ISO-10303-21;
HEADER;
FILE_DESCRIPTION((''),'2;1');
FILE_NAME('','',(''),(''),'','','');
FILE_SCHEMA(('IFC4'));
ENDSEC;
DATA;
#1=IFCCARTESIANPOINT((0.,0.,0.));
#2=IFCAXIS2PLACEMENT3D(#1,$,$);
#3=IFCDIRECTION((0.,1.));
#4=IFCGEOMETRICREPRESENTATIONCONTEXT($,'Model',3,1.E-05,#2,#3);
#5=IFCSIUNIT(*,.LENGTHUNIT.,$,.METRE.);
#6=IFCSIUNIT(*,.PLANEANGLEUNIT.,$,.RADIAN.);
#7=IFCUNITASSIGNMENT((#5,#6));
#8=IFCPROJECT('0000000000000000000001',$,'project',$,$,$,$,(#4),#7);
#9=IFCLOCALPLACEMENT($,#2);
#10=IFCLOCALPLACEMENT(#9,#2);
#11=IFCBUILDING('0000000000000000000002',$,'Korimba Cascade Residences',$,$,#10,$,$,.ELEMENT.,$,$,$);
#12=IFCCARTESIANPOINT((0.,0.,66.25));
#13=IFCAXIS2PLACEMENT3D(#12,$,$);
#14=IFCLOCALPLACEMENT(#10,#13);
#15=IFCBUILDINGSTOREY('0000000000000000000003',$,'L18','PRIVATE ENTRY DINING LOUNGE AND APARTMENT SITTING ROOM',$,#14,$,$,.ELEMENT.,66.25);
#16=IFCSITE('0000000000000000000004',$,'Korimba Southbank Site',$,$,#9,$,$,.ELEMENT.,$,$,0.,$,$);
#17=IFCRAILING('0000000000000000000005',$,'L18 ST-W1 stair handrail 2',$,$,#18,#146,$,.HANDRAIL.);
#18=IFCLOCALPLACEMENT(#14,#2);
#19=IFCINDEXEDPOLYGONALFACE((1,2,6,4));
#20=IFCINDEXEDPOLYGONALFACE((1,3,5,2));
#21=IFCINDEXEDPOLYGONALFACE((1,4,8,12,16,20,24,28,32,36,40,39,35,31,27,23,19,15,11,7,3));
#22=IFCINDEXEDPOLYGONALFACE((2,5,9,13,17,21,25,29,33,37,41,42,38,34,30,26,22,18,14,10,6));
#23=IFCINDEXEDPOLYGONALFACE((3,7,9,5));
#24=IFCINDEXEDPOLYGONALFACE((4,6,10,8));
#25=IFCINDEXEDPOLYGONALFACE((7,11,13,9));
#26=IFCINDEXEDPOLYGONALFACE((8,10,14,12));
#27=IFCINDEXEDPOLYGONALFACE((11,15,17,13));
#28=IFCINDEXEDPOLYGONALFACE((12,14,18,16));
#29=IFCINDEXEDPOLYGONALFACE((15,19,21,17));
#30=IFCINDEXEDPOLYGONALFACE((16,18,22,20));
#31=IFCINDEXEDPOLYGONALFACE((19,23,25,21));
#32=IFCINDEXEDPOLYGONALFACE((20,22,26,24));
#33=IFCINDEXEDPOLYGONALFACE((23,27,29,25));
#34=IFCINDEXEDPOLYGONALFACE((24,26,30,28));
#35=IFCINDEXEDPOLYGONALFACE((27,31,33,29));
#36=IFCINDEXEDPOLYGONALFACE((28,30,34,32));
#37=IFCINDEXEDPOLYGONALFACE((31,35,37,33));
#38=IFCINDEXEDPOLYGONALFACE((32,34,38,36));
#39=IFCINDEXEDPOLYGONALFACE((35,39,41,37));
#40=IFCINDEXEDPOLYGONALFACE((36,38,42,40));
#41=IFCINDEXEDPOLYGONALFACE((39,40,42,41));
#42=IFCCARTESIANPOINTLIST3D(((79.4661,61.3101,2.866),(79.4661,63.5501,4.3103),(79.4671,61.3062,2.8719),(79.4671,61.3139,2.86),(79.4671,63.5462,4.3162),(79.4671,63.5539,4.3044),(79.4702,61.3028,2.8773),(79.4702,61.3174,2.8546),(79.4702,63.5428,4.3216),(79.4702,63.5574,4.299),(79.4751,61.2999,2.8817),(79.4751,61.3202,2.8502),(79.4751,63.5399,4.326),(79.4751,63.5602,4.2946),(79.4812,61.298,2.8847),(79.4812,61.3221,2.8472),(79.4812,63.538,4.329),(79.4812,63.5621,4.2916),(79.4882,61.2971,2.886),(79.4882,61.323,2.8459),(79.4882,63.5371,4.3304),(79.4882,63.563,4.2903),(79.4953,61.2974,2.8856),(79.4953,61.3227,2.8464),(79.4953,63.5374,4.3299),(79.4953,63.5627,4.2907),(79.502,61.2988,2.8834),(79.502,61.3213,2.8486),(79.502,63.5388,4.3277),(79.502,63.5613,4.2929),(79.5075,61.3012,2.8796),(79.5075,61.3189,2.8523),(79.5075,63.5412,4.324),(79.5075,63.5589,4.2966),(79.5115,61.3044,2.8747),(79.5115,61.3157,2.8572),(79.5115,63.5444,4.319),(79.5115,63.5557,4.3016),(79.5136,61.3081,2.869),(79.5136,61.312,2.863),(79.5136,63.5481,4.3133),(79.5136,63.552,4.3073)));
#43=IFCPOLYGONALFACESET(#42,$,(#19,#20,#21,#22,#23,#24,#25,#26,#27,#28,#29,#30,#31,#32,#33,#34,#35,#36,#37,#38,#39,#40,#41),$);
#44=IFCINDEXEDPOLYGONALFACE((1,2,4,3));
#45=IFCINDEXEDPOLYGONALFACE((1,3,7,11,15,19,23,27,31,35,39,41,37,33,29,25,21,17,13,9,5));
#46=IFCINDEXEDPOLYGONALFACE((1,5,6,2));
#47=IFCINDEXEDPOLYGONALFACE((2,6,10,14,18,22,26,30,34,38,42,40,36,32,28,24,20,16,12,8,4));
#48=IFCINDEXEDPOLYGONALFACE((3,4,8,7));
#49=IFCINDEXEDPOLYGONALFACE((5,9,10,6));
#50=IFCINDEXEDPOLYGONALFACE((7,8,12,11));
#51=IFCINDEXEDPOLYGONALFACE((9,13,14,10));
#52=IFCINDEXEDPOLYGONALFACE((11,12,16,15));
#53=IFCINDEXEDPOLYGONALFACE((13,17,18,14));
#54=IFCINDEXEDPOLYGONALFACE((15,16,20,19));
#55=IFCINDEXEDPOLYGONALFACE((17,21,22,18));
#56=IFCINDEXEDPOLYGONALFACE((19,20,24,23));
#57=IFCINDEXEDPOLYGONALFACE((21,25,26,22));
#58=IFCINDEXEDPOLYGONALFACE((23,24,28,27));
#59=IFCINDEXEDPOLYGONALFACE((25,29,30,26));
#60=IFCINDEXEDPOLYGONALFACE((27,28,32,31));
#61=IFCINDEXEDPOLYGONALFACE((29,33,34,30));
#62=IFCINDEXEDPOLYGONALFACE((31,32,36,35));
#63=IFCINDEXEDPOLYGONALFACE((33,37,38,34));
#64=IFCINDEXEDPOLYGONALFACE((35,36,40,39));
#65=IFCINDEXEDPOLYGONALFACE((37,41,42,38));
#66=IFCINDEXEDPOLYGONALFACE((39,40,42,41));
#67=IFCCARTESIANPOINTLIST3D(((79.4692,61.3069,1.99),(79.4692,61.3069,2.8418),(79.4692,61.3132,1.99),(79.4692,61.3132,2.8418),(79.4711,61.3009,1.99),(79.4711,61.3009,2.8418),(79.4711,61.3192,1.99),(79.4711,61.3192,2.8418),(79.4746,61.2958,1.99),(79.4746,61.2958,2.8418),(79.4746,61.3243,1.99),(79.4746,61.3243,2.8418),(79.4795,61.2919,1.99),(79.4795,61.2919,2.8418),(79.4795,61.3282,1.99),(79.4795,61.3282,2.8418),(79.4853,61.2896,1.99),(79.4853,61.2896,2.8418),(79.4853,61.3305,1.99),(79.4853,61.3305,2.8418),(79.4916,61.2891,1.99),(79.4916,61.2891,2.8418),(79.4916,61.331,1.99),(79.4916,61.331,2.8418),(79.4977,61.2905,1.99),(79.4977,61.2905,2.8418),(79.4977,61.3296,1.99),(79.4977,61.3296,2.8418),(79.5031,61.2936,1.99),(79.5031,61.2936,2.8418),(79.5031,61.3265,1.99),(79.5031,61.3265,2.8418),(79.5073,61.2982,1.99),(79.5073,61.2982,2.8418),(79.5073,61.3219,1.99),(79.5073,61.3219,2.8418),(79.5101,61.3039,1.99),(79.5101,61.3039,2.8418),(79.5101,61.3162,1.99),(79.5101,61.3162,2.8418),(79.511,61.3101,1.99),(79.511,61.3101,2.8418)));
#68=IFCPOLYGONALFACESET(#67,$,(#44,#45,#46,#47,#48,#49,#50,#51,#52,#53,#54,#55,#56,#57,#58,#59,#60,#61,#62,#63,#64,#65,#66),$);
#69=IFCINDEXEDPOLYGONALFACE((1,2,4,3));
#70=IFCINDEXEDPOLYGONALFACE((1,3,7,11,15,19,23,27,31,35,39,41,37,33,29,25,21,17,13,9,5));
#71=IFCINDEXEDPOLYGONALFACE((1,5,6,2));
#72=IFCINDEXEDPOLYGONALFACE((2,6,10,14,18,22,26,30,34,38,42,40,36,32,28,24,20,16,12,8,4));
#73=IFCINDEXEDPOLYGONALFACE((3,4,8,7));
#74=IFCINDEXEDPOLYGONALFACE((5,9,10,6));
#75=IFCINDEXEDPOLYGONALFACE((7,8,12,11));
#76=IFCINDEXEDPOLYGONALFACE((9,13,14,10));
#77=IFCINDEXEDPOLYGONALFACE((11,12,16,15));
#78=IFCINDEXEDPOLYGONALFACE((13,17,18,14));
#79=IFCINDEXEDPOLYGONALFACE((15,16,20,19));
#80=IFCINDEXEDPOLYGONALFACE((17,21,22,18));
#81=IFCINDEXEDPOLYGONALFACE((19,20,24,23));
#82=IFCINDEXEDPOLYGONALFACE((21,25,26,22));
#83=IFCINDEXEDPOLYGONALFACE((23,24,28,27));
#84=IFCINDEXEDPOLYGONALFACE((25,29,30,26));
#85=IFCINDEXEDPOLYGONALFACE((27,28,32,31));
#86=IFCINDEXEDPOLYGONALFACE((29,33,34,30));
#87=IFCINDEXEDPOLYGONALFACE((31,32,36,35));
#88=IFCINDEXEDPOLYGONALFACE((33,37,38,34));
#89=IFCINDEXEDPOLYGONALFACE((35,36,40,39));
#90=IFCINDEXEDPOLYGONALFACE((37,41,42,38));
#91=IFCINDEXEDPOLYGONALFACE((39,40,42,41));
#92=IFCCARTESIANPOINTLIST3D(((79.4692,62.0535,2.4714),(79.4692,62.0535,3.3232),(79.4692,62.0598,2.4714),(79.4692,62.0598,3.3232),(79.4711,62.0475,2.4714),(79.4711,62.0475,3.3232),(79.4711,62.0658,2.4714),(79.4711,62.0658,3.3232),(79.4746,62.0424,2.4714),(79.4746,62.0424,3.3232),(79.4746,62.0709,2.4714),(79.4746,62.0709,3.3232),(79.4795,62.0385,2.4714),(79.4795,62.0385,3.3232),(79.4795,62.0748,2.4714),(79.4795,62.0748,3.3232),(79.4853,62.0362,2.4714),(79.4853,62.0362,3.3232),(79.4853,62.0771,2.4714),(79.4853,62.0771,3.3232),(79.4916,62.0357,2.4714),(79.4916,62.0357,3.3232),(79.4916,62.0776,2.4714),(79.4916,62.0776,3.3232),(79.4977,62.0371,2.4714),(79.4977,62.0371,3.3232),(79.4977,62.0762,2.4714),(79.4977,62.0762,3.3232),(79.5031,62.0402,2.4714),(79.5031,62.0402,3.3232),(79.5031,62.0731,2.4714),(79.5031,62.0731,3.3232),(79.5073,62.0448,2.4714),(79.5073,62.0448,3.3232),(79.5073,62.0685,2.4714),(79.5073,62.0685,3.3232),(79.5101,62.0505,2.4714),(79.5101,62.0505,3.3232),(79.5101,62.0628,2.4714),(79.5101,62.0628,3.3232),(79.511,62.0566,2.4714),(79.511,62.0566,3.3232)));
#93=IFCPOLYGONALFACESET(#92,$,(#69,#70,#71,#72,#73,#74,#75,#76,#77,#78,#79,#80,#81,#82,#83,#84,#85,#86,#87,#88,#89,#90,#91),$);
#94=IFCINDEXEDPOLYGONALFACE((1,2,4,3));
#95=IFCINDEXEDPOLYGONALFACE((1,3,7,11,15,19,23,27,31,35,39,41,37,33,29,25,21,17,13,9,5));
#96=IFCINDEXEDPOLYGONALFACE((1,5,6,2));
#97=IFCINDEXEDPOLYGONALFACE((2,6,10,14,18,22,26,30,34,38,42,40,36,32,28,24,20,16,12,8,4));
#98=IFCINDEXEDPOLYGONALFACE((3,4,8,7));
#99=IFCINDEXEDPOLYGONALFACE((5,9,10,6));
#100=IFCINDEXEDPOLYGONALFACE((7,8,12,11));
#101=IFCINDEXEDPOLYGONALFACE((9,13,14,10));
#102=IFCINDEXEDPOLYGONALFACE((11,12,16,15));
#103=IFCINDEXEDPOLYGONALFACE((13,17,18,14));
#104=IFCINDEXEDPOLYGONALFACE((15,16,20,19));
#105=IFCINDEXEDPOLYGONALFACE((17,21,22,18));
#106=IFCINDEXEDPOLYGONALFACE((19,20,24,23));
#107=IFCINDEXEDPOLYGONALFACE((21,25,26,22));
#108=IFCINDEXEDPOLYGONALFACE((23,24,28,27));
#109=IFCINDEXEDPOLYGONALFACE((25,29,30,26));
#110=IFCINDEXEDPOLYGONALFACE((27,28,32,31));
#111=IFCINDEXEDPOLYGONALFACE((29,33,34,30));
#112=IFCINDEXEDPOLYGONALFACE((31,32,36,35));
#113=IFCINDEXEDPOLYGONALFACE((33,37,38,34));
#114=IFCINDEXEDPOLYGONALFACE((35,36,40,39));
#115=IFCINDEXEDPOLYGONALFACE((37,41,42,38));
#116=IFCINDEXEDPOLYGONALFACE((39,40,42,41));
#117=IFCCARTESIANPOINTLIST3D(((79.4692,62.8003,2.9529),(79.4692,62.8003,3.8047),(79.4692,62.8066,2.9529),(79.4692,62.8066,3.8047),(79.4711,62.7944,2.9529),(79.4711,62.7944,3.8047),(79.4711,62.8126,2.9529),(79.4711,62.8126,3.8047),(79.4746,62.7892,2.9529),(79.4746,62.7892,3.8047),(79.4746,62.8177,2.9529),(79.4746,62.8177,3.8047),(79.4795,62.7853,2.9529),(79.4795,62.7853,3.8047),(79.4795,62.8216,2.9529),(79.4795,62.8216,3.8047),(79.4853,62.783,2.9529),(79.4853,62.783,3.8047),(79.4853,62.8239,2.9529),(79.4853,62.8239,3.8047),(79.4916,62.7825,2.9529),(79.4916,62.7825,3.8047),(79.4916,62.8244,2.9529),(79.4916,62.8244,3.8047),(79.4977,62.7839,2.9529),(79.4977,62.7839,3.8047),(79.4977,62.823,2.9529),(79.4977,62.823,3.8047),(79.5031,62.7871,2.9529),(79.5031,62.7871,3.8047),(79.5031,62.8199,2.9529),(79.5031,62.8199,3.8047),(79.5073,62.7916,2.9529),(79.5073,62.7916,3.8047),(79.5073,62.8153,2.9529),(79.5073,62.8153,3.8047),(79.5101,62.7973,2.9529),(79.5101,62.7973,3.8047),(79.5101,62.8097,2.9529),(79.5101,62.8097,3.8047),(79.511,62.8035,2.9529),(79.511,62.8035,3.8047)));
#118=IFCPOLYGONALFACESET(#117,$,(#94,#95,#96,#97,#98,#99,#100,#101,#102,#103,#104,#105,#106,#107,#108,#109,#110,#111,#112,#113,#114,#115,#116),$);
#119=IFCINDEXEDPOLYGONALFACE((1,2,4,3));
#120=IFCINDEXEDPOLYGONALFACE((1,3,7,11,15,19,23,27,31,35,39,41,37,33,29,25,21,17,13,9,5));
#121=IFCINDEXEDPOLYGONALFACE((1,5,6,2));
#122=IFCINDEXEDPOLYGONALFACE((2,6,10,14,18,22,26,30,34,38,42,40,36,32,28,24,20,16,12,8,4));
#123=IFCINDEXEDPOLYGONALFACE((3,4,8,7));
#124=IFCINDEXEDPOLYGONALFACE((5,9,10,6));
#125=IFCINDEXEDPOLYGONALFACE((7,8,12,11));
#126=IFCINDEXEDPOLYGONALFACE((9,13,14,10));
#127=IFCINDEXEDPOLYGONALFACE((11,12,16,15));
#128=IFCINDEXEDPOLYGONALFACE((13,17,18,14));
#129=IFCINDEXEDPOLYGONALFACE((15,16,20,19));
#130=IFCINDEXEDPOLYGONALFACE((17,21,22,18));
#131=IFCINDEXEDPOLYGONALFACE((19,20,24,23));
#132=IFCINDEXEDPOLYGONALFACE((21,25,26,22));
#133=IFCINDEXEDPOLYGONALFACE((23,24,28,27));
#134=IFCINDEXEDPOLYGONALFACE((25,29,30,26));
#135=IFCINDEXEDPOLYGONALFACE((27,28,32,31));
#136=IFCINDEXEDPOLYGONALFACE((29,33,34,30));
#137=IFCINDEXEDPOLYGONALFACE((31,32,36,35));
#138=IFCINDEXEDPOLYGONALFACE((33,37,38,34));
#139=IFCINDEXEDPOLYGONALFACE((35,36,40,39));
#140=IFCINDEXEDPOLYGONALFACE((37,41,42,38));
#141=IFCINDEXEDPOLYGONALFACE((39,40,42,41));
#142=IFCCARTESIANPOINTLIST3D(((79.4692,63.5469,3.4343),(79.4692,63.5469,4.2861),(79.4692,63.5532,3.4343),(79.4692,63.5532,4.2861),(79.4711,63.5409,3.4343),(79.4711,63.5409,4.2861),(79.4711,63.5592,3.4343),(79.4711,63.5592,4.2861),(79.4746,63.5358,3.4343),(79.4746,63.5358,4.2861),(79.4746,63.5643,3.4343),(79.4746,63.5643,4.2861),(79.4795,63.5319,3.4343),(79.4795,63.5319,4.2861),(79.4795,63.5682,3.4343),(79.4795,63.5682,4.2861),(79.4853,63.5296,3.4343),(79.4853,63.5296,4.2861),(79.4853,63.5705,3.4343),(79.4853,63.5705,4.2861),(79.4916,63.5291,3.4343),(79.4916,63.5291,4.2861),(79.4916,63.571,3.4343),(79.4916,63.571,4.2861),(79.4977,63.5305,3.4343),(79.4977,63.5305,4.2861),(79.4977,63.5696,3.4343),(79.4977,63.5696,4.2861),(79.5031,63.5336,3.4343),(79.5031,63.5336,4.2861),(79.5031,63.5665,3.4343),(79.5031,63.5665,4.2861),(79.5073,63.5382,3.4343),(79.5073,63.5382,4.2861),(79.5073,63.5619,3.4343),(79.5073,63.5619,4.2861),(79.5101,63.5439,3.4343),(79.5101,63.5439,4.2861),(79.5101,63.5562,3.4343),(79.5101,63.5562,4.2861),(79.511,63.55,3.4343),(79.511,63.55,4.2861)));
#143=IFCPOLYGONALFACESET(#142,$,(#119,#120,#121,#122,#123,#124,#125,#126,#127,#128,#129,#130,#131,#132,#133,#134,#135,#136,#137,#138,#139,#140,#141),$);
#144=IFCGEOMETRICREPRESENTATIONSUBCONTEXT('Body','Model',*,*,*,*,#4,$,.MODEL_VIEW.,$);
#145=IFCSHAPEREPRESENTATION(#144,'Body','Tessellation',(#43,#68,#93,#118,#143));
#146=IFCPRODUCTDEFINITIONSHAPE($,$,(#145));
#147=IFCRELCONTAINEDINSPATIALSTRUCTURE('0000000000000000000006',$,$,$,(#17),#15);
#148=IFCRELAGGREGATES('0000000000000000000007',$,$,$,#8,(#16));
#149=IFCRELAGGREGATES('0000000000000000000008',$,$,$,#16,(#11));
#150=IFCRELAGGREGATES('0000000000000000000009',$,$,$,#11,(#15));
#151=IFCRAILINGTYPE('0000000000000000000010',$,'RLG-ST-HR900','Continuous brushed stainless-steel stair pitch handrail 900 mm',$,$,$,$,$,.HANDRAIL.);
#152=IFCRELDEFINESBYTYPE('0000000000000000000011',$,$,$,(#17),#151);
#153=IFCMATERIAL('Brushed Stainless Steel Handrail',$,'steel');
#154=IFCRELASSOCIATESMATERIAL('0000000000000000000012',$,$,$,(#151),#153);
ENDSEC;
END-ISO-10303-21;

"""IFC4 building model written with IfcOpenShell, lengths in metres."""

from ifc_helpers import new_model, si_unit, direction, frame, origin, origin_2d, place, context, subcontext, project, spatial, circle, extrude, material, type_object, element, save


model = new_model("IFC4")

# Units and contexts
model_context = context("Model", 3, precision=1e-05, world=origin(), true_north=direction((0.0, 1.0)))
body_context = subcontext(model_context, "Body", "Model", "MODEL_VIEW")
ifc_project = project(units=[si_unit("LENGTHUNIT", "METRE"), si_unit("PLANEANGLEUNIT", "RADIAN")], contexts=[model_context])

# Site, building, storey
site_placement = place(None, origin())
site = spatial("IfcSite", under=ifc_project, at=site_placement, Name="Korimba Southbank Site", CompositionType="ELEMENT", RefElevation=0.0)
building_placement = place(site_placement, origin())
building = spatial("IfcBuilding", under=site, at=building_placement, Name="Korimba Cascade Residences", CompositionType="ELEMENT")
storey_placement = place(building_placement, frame((0.0, 0.0, 66.25)))
storey = spatial("IfcBuildingStorey", under=building, at=storey_placement, Name="L18", Description="PRIVATE ENTRY DINING LOUNGE AND APARTMENT SITTING ROOM", CompositionType="ELEMENT", Elevation=66.25)

# Railing
ifc_material_1 = material(Name="Brushed Stainless Steel Handrail", Category="steel")
railing_type_1 = type_object("IfcRailingType", Name="RLG-ST-HR900", Description="Continuous brushed stainless-steel stair pitch handrail 900 mm", PredefinedType="HANDRAIL", material=ifc_material_1)
railing_1_placement = place(storey_placement, frame((79.49, 61.3101, 1.99)))
element("IfcRailing", 1, at=railing_1_placement, inside=storey, type_object=railing_type_1, Name="L18 ST-W1 stair handrail 2", PredefinedType="HANDRAIL", context=body_context, shape_type="SweptSolid", body=[
    extrude(circle(Radius=0.0239, at=origin_2d()), frame((0.0, 0.0, 0.876), z_axis=(0.0, 0.840437, 0.54191), x_axis=(-1.0, 0.0, 0.0)), (0.0, 0.0, 1.0), 2.6653),
    extrude(circle(Radius=0.021, at=origin_2d()), origin(), (0.0, 0.0, 1.0), 0.8518),
    extrude(circle(Radius=0.021, at=origin_2d()), frame((0.0, 0.7466, 0.4814)), (0.0, 0.0, 1.0), 0.8518),
    extrude(circle(Radius=0.021, at=origin_2d()), frame((0.0, 1.4934, 0.9629)), (0.0, 0.0, 1.0), 0.8518),
    extrude(circle(Radius=0.021, at=origin_2d()), frame((0.0, 2.24, 1.4443)), (0.0, 0.0, 1.0), 0.8518),
])

save(model, "model.ifc")
